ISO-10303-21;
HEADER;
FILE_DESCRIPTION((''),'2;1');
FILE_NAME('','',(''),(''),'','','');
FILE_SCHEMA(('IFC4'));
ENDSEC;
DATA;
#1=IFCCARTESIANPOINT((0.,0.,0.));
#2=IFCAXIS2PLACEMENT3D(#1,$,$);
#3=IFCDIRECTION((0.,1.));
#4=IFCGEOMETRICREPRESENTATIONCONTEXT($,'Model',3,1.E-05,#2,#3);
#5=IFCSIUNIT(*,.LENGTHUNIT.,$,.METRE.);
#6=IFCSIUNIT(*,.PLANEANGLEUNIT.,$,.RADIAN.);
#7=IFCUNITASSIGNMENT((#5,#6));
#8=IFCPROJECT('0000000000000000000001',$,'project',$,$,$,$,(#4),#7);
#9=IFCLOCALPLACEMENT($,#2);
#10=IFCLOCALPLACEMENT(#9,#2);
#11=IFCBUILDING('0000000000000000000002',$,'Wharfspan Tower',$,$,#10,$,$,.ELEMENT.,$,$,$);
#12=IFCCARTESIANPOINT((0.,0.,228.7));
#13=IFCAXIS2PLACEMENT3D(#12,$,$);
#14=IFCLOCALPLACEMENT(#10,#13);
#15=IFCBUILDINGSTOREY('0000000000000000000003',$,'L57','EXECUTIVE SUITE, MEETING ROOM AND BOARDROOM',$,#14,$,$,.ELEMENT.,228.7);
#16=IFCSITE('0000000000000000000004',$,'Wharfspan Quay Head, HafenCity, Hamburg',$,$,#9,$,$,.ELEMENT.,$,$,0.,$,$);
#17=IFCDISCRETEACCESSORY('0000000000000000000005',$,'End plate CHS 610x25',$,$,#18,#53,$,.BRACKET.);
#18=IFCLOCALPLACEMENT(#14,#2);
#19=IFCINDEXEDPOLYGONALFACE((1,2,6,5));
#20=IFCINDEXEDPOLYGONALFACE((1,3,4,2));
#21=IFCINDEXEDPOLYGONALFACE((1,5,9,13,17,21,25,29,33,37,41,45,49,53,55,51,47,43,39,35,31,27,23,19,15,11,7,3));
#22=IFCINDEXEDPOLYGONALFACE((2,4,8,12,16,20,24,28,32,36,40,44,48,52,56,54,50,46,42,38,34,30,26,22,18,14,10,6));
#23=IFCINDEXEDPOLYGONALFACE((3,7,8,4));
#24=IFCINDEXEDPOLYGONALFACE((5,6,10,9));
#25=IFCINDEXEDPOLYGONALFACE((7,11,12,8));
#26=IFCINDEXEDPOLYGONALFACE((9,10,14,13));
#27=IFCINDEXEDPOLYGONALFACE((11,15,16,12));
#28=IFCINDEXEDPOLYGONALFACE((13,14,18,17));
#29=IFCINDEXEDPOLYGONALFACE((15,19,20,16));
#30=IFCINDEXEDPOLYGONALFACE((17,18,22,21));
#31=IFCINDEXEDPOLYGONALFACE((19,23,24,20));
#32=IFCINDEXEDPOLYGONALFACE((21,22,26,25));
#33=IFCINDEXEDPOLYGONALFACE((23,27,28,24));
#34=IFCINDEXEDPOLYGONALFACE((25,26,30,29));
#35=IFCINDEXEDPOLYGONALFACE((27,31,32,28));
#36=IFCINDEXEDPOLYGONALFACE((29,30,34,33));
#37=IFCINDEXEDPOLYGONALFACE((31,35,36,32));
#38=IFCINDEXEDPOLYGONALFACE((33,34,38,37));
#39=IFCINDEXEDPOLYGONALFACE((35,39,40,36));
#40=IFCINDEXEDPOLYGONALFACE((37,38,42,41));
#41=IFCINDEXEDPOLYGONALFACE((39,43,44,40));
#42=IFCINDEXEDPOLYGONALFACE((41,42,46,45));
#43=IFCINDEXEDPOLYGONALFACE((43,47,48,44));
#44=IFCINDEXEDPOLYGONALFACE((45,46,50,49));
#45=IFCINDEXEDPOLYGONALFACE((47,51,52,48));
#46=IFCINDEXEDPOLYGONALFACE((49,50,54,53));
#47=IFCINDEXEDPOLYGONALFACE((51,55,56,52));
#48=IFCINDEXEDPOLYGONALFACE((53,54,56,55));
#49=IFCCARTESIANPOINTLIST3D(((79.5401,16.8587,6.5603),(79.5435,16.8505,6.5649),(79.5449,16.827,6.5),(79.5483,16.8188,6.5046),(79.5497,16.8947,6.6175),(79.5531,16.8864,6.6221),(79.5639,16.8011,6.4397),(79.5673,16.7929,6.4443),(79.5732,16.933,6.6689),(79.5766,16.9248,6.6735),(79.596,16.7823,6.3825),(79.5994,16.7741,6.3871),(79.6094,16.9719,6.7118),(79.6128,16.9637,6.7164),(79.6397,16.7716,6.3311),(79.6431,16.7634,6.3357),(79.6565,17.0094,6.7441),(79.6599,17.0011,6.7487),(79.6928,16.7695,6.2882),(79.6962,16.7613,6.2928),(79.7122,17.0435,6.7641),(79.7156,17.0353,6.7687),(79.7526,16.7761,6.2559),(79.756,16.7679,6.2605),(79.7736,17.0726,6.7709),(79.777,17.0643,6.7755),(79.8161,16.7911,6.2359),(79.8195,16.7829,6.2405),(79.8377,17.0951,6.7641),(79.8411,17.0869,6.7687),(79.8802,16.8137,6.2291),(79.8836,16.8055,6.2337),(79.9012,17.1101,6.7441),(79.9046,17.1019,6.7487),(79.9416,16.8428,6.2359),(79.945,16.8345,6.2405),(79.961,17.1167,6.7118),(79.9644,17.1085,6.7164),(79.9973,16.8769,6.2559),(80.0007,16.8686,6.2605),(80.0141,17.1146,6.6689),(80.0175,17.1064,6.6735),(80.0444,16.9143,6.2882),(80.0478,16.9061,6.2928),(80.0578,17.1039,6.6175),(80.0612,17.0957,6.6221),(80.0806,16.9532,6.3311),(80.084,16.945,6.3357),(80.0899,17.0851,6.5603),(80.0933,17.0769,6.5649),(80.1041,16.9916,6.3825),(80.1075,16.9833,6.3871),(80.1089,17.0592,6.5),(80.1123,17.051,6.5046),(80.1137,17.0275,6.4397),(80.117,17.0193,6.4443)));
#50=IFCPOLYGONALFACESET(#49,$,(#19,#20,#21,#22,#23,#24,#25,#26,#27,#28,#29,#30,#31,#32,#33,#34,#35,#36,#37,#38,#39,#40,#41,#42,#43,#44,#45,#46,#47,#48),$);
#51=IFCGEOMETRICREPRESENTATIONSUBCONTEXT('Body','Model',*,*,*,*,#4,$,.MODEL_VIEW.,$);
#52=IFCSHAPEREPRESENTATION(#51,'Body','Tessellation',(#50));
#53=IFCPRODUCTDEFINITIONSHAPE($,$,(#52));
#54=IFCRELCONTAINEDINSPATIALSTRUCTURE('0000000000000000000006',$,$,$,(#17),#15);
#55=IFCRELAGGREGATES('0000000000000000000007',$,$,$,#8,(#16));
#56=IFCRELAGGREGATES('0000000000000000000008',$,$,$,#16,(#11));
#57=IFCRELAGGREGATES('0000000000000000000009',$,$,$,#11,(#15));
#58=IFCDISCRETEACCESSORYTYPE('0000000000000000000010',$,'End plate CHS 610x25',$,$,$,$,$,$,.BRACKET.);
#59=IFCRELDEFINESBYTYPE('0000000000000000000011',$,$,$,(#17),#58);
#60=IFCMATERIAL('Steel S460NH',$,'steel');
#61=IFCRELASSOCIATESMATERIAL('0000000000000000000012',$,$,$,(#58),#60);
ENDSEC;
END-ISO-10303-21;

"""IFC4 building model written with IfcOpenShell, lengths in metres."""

from ifc_helpers import new_model, si_unit, direction, frame, origin, origin_2d, place, context, subcontext, project, spatial, circle, extrude, material, material_profile, profile_set, type_object, element, save


model = new_model("IFC4")

# Units and contexts
model_context = context("Model", 3, precision=1e-05, world=origin(), true_north=direction((0.0, 1.0)))
body_context = subcontext(model_context, "Body", "Model", "MODEL_VIEW")
ifc_project = project(units=[si_unit("LENGTHUNIT", "METRE"), si_unit("PLANEANGLEUNIT", "RADIAN")], contexts=[model_context])

# Site, building, storey
site_placement = place(None, origin())
site = spatial("IfcSite", under=ifc_project, at=site_placement, Name="Wharfspan Quay Head, HafenCity, Hamburg", CompositionType="ELEMENT", RefElevation=0.0)
building_placement = place(site_placement, origin())
building = spatial("IfcBuilding", under=site, at=building_placement, Name="Wharfspan Tower", CompositionType="ELEMENT")
storey_placement = place(building_placement, frame((0.0, 0.0, 228.7)))
storey = spatial("IfcBuildingStorey", under=building, at=storey_placement, Name="L57", Description="EXECUTIVE SUITE, MEETING ROOM AND BOARDROOM", CompositionType="ELEMENT", Elevation=228.7)

# Discrete accessory
ifc_material_1 = material(Name="Steel S460NH", Category="steel")
ifc_material_profile_1 = material_profile(ifc_material_1, circle(Radius=0.3049, at=origin_2d()))
ifc_profile_set_1 = profile_set([ifc_material_profile_1], Name="Steel S460NH")
discrete_accessory_type = type_object("IfcDiscreteAccessoryType", Name="End plate CHS 610x25", PredefinedType="BRACKET", material=ifc_profile_set_1)
discrete_accessory_placement = place(storey_placement, frame((79.8269, 16.9431, 6.5), z_axis=(0.338259, -0.821486, 0.459066), x_axis=(0.924676, 0.380749, 0.0)))
element("IfcDiscreteAccessory", 1, at=discrete_accessory_placement, inside=storey, type_object=discrete_accessory_type, Name="End plate CHS 610x25", PredefinedType="BRACKET", context=body_context, shape_type="SweptSolid", body=[
    extrude(circle(Radius=0.3049, at=origin_2d()), origin(), (0.0, 0.0, 1.0), 0.01),
])

save(model, "model.ifc")
